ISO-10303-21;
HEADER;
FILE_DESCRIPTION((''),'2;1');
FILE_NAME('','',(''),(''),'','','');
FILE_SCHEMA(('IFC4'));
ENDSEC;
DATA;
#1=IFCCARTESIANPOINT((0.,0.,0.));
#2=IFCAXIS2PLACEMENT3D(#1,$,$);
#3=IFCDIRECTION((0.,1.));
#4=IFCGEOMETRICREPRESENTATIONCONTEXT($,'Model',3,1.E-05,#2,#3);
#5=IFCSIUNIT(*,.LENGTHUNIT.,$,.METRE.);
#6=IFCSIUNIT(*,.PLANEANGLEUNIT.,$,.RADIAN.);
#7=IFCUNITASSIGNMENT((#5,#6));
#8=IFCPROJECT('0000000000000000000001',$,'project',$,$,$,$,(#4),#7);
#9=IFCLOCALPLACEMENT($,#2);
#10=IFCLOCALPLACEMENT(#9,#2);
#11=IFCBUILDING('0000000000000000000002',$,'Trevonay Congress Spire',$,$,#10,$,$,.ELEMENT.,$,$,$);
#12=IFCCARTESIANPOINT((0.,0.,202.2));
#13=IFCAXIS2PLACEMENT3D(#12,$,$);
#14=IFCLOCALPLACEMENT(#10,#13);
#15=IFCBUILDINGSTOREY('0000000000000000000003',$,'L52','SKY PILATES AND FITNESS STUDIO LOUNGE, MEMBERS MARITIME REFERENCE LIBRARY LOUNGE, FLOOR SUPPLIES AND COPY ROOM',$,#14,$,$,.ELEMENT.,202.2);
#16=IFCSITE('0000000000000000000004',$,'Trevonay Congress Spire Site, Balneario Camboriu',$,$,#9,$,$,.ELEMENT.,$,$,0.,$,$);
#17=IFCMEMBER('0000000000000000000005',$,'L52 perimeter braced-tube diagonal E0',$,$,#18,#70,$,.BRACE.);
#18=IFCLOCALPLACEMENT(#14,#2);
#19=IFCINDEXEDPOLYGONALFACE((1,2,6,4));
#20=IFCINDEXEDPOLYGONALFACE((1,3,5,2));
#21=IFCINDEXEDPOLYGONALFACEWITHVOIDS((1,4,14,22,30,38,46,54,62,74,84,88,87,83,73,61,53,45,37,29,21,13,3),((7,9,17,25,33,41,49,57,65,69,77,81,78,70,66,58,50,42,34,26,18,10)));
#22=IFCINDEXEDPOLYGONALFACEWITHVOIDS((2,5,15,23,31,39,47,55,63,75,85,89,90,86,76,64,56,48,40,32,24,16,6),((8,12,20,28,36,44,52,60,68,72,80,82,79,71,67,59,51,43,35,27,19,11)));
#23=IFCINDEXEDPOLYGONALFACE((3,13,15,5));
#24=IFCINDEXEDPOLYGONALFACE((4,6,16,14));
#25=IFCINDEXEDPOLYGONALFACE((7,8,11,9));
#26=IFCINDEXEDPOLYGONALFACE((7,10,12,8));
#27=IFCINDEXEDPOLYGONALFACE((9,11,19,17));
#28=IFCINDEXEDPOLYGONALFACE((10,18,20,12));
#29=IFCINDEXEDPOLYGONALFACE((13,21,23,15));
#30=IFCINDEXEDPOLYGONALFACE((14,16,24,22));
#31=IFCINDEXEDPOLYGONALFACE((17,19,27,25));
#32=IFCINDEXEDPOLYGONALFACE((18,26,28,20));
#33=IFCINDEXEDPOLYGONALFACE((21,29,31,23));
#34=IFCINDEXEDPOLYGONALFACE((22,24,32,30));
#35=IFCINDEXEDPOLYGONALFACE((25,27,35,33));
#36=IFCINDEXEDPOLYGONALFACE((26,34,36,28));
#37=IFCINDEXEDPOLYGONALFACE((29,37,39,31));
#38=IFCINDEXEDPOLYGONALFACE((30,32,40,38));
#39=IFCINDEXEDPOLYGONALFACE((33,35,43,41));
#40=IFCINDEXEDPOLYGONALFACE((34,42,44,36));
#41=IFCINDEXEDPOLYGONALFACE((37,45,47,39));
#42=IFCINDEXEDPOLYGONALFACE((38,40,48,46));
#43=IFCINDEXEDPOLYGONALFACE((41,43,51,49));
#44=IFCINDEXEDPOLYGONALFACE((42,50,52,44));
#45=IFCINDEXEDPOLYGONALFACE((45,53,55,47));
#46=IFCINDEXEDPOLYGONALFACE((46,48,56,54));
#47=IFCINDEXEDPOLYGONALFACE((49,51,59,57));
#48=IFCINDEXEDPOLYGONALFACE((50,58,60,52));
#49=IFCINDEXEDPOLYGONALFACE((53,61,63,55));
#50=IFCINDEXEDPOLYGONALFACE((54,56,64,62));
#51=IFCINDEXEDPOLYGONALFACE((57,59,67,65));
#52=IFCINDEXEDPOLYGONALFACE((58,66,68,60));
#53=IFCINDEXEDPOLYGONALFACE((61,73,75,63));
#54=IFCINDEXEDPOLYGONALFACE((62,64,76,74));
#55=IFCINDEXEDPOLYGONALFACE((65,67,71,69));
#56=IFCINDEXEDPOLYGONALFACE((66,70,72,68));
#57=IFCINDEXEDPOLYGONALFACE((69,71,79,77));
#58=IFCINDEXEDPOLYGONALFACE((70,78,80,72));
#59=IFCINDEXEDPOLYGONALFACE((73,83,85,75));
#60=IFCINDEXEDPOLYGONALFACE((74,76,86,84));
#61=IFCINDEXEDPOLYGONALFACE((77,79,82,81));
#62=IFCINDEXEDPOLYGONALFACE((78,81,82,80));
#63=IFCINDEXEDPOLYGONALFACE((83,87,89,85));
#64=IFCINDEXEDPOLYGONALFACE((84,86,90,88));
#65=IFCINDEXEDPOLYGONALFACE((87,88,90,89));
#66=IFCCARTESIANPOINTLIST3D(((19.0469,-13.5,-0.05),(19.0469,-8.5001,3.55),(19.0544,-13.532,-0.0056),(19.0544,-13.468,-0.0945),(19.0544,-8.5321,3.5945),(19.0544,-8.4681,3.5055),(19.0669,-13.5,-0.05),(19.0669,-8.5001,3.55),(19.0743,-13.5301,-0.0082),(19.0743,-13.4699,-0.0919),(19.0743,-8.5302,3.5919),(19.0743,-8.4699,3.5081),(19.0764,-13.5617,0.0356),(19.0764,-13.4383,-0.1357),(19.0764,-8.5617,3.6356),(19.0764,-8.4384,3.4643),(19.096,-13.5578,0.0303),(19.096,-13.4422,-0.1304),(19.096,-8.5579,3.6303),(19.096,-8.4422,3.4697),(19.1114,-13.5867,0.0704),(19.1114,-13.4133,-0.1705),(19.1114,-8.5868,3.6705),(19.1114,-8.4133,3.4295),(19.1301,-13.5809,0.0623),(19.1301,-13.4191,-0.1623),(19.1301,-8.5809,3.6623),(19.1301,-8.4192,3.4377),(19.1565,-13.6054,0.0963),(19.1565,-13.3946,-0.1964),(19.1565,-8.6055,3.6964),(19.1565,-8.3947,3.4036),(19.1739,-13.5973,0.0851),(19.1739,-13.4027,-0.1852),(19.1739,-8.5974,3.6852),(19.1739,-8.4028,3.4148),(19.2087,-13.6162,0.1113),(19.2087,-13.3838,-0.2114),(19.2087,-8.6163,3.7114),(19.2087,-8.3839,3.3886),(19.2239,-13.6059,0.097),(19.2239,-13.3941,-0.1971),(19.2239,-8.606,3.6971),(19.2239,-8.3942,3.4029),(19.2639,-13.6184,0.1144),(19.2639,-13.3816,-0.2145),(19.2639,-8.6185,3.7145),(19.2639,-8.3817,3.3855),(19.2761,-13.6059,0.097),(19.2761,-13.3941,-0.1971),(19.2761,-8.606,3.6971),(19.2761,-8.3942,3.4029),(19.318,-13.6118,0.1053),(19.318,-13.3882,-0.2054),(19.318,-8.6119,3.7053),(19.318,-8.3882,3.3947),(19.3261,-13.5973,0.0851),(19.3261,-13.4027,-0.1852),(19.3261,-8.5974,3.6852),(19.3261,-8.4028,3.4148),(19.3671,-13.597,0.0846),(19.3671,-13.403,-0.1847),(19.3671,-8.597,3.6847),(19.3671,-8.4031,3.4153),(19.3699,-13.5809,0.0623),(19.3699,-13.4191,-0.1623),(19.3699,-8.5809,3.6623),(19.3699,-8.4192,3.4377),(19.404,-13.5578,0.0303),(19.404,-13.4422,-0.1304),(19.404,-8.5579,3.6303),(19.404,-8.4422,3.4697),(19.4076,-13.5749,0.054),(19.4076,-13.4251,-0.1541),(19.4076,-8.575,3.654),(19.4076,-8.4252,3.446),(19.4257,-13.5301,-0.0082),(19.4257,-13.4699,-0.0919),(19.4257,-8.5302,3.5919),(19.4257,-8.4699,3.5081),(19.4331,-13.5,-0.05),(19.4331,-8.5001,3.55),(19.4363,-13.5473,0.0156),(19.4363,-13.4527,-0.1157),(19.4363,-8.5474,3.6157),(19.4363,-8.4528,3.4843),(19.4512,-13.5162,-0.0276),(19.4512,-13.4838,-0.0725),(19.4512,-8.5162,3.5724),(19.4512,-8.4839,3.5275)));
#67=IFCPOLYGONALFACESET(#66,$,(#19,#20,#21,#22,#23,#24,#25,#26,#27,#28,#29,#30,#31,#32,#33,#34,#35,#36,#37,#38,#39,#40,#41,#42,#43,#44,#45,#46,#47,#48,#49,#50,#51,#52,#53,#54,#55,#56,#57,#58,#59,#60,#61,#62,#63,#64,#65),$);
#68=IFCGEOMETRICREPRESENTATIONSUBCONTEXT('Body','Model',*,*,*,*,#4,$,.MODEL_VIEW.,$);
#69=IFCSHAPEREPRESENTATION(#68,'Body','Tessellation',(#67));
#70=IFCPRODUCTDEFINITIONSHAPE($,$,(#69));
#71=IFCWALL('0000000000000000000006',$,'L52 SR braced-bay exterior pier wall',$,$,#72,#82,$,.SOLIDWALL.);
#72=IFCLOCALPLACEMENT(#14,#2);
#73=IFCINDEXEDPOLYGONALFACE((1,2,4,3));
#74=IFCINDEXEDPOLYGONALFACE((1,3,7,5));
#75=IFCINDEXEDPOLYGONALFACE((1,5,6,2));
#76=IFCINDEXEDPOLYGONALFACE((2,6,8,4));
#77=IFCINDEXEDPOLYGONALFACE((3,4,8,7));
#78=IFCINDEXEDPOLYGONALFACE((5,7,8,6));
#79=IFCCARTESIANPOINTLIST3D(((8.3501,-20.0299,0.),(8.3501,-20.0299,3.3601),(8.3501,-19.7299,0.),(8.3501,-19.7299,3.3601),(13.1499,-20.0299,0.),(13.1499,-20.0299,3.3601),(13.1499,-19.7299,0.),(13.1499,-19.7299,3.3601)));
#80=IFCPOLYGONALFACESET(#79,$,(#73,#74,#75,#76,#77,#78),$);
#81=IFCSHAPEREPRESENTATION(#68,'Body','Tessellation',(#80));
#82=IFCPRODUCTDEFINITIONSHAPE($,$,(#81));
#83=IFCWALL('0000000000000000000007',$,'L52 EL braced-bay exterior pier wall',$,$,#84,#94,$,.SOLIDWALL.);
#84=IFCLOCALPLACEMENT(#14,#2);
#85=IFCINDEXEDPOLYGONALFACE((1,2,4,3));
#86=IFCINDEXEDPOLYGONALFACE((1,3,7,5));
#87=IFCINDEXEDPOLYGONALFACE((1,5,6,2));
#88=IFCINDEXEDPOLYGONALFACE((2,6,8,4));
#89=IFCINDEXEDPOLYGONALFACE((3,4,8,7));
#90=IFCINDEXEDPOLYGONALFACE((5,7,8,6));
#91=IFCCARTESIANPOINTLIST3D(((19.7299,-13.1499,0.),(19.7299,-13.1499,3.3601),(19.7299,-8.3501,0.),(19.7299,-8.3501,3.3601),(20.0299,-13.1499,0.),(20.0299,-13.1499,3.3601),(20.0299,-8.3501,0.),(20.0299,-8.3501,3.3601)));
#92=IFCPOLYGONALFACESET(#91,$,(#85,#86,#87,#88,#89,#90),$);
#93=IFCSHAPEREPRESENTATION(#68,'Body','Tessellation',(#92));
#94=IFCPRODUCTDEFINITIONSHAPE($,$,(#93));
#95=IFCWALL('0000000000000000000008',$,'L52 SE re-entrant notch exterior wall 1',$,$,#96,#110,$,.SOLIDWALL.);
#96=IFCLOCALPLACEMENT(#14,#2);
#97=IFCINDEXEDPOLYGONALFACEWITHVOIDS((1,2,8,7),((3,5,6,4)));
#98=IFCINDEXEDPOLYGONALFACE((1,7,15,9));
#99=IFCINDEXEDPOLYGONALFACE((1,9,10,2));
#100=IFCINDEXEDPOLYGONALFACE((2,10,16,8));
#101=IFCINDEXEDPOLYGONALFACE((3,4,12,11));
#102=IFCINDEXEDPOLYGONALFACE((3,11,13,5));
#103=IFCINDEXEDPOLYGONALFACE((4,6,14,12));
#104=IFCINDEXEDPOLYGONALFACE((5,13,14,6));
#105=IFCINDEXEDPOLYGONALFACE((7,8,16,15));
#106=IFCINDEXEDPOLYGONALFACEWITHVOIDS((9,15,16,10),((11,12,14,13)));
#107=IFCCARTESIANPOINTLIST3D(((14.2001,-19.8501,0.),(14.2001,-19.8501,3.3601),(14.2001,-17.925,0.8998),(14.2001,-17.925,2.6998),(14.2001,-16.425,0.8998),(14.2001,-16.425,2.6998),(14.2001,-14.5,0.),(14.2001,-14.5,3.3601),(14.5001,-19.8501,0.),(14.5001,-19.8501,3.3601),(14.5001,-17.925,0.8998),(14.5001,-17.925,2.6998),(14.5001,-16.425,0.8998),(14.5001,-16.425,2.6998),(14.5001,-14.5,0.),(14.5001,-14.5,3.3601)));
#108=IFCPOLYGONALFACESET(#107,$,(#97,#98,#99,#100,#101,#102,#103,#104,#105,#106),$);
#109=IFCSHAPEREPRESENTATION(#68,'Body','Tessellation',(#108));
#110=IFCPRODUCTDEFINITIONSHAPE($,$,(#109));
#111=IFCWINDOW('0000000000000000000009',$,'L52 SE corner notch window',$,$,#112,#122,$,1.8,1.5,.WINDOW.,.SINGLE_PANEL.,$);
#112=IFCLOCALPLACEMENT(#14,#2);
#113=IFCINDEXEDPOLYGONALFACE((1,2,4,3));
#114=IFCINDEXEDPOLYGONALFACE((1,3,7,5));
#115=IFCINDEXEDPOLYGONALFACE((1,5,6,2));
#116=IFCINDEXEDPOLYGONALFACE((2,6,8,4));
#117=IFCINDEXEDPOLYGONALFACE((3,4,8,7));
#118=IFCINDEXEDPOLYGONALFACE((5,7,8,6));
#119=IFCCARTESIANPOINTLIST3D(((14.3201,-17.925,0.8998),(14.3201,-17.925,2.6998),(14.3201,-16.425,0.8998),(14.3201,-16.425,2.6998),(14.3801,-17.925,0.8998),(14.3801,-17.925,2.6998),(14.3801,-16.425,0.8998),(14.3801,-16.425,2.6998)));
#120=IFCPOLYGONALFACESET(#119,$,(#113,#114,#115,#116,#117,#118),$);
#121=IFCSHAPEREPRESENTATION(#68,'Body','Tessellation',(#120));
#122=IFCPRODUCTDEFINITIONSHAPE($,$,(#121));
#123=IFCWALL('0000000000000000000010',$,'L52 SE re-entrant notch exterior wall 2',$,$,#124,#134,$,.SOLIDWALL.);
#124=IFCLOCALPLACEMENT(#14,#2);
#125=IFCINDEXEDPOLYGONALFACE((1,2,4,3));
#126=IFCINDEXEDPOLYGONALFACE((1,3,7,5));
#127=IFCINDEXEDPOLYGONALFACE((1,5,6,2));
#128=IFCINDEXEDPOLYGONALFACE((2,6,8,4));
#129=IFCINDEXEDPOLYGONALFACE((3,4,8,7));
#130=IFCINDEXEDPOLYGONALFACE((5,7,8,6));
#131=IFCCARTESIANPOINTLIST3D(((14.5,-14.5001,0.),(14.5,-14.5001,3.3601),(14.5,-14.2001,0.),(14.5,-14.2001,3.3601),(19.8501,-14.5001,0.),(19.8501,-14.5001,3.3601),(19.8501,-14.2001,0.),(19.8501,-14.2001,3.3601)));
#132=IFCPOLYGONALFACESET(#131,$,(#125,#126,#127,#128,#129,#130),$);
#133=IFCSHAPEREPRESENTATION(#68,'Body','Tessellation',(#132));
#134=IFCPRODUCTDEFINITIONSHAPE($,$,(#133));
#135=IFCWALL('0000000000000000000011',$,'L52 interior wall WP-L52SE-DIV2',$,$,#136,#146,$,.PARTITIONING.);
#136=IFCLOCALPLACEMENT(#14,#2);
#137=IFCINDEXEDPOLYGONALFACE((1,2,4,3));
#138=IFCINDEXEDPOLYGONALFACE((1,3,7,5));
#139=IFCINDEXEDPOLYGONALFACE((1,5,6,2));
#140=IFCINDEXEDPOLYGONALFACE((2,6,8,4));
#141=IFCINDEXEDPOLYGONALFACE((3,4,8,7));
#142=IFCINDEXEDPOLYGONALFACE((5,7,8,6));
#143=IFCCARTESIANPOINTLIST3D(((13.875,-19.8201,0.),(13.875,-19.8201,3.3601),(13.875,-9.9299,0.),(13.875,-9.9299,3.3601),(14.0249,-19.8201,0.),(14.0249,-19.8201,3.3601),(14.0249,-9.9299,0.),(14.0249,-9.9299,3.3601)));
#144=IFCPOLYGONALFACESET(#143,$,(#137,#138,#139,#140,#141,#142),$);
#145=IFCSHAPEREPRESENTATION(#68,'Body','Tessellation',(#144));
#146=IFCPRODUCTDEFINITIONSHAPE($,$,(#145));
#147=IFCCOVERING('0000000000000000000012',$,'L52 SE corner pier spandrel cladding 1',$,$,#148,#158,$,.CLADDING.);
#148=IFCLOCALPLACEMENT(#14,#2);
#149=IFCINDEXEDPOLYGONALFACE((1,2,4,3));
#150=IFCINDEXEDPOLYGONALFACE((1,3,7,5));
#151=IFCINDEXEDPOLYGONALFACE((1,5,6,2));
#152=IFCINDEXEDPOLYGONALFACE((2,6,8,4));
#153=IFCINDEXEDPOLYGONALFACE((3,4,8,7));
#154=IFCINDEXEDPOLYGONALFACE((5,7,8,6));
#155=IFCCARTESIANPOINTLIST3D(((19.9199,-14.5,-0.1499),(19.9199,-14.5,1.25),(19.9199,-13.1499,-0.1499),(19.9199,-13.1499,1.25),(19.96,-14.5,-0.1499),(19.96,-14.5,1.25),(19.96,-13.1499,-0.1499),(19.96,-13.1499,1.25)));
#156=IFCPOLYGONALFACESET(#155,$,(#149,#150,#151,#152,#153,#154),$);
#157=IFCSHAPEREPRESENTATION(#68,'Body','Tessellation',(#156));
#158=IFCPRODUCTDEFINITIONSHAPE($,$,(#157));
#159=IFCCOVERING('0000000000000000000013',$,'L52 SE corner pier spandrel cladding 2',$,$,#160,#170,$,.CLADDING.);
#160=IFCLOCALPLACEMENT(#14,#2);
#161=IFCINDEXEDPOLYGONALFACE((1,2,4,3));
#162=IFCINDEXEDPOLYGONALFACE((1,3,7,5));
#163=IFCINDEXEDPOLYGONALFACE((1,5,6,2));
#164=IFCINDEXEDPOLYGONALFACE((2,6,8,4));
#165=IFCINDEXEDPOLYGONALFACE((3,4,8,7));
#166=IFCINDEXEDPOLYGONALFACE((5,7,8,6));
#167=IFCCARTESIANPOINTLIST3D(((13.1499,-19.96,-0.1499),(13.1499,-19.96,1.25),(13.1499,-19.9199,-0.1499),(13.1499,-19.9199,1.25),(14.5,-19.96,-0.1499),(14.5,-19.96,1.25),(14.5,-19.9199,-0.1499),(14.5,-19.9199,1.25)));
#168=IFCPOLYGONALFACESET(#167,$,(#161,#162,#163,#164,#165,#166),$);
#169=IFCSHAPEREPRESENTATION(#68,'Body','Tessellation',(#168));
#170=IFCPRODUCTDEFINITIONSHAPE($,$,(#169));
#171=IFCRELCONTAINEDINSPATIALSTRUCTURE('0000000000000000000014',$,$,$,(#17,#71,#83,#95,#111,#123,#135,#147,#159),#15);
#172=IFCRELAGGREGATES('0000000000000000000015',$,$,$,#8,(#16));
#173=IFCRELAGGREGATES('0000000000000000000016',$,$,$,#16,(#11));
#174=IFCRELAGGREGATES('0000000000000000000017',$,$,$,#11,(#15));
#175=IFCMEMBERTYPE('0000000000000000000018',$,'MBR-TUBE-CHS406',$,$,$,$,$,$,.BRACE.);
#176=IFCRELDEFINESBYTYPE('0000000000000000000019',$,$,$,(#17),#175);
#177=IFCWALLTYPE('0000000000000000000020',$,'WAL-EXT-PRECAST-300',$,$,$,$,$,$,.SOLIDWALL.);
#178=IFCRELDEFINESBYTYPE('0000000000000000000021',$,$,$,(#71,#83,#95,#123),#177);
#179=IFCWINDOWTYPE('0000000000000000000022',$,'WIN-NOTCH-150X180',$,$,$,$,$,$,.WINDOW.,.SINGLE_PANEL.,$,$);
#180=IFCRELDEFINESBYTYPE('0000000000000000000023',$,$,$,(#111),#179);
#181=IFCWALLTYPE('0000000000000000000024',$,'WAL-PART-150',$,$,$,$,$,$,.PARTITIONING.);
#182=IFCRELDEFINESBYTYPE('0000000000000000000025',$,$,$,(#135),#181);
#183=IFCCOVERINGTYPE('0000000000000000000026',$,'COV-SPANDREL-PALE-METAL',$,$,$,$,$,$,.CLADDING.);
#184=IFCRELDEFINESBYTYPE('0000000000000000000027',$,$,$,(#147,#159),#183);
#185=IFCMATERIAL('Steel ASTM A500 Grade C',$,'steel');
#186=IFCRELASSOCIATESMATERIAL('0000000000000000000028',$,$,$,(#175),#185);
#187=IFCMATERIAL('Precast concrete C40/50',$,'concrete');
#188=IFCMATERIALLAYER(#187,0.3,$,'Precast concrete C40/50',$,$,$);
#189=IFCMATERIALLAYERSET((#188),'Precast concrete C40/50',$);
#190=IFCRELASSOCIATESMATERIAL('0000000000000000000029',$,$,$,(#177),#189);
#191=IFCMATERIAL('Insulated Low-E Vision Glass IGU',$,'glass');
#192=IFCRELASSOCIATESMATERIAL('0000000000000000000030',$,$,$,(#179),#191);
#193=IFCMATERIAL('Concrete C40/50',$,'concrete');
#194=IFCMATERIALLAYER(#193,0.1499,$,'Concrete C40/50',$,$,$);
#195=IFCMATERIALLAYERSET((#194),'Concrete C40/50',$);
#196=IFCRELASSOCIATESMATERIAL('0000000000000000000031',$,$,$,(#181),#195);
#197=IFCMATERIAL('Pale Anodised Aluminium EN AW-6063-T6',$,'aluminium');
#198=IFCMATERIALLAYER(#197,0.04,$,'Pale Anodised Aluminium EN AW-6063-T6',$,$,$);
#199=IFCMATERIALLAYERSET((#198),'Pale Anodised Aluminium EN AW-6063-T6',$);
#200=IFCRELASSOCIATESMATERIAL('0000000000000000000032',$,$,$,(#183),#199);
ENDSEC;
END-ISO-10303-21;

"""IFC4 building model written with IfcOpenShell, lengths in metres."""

from ifc_helpers import new_model, si_unit, direction, frame, frame_2d, origin, origin_2d, place, context, subcontext, project, spatial, rectangle, hollow_circle, extrude, material, layer, layer_set, material_profile, profile_set, type_object, element, fill, save


model = new_model("IFC4")

# Units and contexts
model_context = context("Model", 3, precision=1e-05, world=origin(), true_north=direction((0.0, 1.0)))
body_context = subcontext(model_context, "Body", "Model", "MODEL_VIEW")
ifc_project = project(units=[si_unit("LENGTHUNIT", "METRE"), si_unit("PLANEANGLEUNIT", "RADIAN")], contexts=[model_context])

# Site, building, storey
site_placement = place(None, origin())
site = spatial("IfcSite", under=ifc_project, at=site_placement, Name="Trevonay Congress Spire Site, Balneario Camboriu", CompositionType="ELEMENT", RefElevation=0.0)
building_placement = place(site_placement, origin())
building = spatial("IfcBuilding", under=site, at=building_placement, Name="Trevonay Congress Spire", CompositionType="ELEMENT")
storey_placement = place(building_placement, frame((0.0, 0.0, 202.2)))
storey = spatial("IfcBuildingStorey", under=building, at=storey_placement, Name="L52", Description="SKY PILATES AND FITNESS STUDIO LOUNGE, MEMBERS MARITIME REFERENCE LIBRARY LOUNGE, FLOOR SUPPLIES AND COPY ROOM", CompositionType="ELEMENT", Elevation=202.2)

# Shared definitions
ifc_material_1 = material(Name="Pale Anodised Aluminium EN AW-6063-T6", Category="aluminium")

# Member
ifc_material_2 = material(Name="Steel ASTM A500 Grade C", Category="steel")
ifc_material_profile_1 = material_profile(ifc_material_2, hollow_circle(Radius=0.2031, WallThickness=0.02, at=origin_2d()), Name="CHS 406.4x20")
ifc_profile_set_1 = profile_set([ifc_material_profile_1], Name="Steel ASTM A500 Grade C")
member_type_1 = type_object("IfcMemberType", Name="MBR-TUBE-CHS406", PredefinedType="BRACE", material=ifc_profile_set_1)
for number, where, z_axis, x_axis, name in (
    (1, (19.25, -13.5, -0.05), (0.0, 0.811527, 0.584315), (-1.0, 0.0, 0.0), "L52 perimeter braced-tube diagonal E0"),
):
    element("IfcMember", number, at=place(storey_placement, frame(where, z_axis=z_axis, x_axis=x_axis)), inside=storey, type_object=member_type_1, Name=name, PredefinedType="BRACE", context=body_context, shape_type="SweptSolid", body=[
        extrude(hollow_circle(Radius=0.2031, WallThickness=0.02, at=origin_2d()), origin(), (0.0, 0.0, 1.0), 6.1611),
    ])

# Walls
ifc_material_3 = material(Name="Precast concrete C40/50", Category="concrete")
ifc_layer_1 = layer(ifc_material_3, 0.3, Name="Precast concrete C40/50")
ifc_layer_set_1 = layer_set([ifc_layer_1], Name="Precast concrete C40/50")
wall_type_1 = type_object("IfcWallType", Name="WAL-EXT-PRECAST-300", PredefinedType="SOLIDWALL", material=ifc_layer_set_1)
for number, where, z_axis, x_axis, name in (
    (2, (8.3501, -19.8799, 0.0), (0.0, 0.0, 1.0), (1.0, 0.0, 0.0), "L52 SR braced-bay exterior pier wall"),
    (3, (19.8799, -13.1499, 0.0), (0.0, 0.0, 1.0), (0.0, 1.0, 0.0), "L52 EL braced-bay exterior pier wall"),
):
    element("IfcWall", number, at=place(storey_placement, frame(where, z_axis=z_axis, x_axis=x_axis)), inside=storey, type_object=wall_type_1, Name=name, PredefinedType="SOLIDWALL", context=body_context, shape_type="SweptSolid", body=[
        extrude(rectangle(XDim=4.7998, YDim=0.3, at=frame_2d((2.3999, 0.0))), origin(), (0.0, 0.0, 1.0), 3.3601),
    ])

# Wall, opening, window
wall_1_placement = place(storey_placement, frame((14.3501, -19.8501, 0.0), z_axis=(0.0, 0.0, 1.0), x_axis=(0.0, 1.0, 0.0)))
wall_1 = element("IfcWall", 4, at=wall_1_placement, inside=storey, type_object=wall_type_1, Name="L52 SE re-entrant notch exterior wall 1", PredefinedType="SOLIDWALL", context=body_context, shape_type="SweptSolid", body=[
    extrude(rectangle(XDim=5.3501, YDim=0.3, at=frame_2d((2.675, 0.0))), origin(), (0.0, 0.0, 1.0), 3.3601),
])
opening_placement = place(wall_1_placement, frame((1.925, 0.0, 0.8999)))
opening = element("IfcOpeningElement", 5, at=opening_placement, cuts=wall_1, PredefinedType="OPENING", context=body_context, shape_type="SweptSolid", body=[
    extrude(rectangle(XDim=1.5, YDim=1.8, at=frame_2d((0.75, 0.8999))), frame((0.0, 0.1602, 0.0), z_axis=(0.0, -1.0, 0.0), x_axis=(1.0, 0.0, 0.0)), (0.0, 0.0, 1.0), 0.3201),
])
ifc_material_4 = material(Name="Insulated Low-E Vision Glass IGU", Category="glass")
window_type = type_object("IfcWindowType", Name="WIN-NOTCH-150X180", PartitioningType="SINGLE_PANEL", PredefinedType="WINDOW", material=ifc_material_4)
window_placement = place(opening_placement, origin())
window = element("IfcWindow", 6, at=window_placement, inside=storey, type_object=window_type, Name="L52 SE corner notch window", OverallHeight=1.8, OverallWidth=1.5, PartitioningType="SINGLE_PANEL", PredefinedType="WINDOW", context=body_context, shape_type="SweptSolid", body=[
    extrude(rectangle(XDim=1.5, YDim=1.8, at=frame_2d((0.75, 0.8999))), frame((0.0, 0.03, 0.0), z_axis=(0.0, -1.0, 0.0), x_axis=(1.0, 0.0, 0.0)), (0.0, 0.0, 1.0), 0.0601),
])
fill(opening, window)

# Walls
wall_2_placement = place(storey_placement, frame((19.8501, -14.3501, 0.0), z_axis=(0.0, 0.0, 1.0), x_axis=(-1.0, 0.0, 0.0)))
element("IfcWall", 7, at=wall_2_placement, inside=storey, type_object=wall_type_1, Name="L52 SE re-entrant notch exterior wall 2", PredefinedType="SOLIDWALL", context=body_context, shape_type="SweptSolid", body=[
    extrude(rectangle(XDim=5.3501, YDim=0.3, at=frame_2d((2.675, 0.0))), origin(), (0.0, 0.0, 1.0), 3.3601),
])
ifc_material_5 = material(Name="Concrete C40/50", Category="concrete")
ifc_layer_2 = layer(ifc_material_5, 0.1499, Name="Concrete C40/50")
ifc_layer_set_2 = layer_set([ifc_layer_2], Name="Concrete C40/50")
wall_type_2 = type_object("IfcWallType", Name="WAL-PART-150", PredefinedType="PARTITIONING", material=ifc_layer_set_2)
wall_3_placement = place(storey_placement, frame((13.95, -19.8201, 0.0), z_axis=(0.0, 0.0, 1.0), x_axis=(0.0, 1.0, 0.0)))
element("IfcWall", 8, at=wall_3_placement, inside=storey, type_object=wall_type_2, Name="L52 interior wall WP-L52SE-DIV2", PredefinedType="PARTITIONING", context=body_context, shape_type="SweptSolid", body=[
    extrude(rectangle(XDim=9.8901, YDim=0.1499, at=frame_2d((4.9451, 0.0))), origin(), (0.0, 0.0, 1.0), 3.3601),
])

# Coverings
ifc_layer_3 = layer(ifc_material_1, 0.04, Name="Pale Anodised Aluminium EN AW-6063-T6")
ifc_layer_set_3 = layer_set([ifc_layer_3], Name="Pale Anodised Aluminium EN AW-6063-T6")
covering_type = type_object("IfcCoveringType", Name="COV-SPANDREL-PALE-METAL", PredefinedType="CLADDING", material=ifc_layer_set_3)
for number, where, z_axis, x_axis, name in (
    (9, (19.9399, -13.1499, -0.1499), (0.0, 0.0, 1.0), (0.0, -1.0, 0.0), "L52 SE corner pier spandrel cladding 1"),
    (10, (13.1499, -19.9399, -0.1499), (0.0, 0.0, 1.0), (1.0, 0.0, 0.0), "L52 SE corner pier spandrel cladding 2"),
):
    element("IfcCovering", number, at=place(storey_placement, frame(where, z_axis=z_axis, x_axis=x_axis)), inside=storey, type_object=covering_type, Name=name, PredefinedType="CLADDING", context=body_context, shape_type="SweptSolid", body=[
        extrude(rectangle(XDim=1.3501, YDim=0.04, at=frame_2d((0.675, 0.0))), origin(), (0.0, 0.0, 1.0), 1.3999),
    ])

save(model, "model.ifc")
